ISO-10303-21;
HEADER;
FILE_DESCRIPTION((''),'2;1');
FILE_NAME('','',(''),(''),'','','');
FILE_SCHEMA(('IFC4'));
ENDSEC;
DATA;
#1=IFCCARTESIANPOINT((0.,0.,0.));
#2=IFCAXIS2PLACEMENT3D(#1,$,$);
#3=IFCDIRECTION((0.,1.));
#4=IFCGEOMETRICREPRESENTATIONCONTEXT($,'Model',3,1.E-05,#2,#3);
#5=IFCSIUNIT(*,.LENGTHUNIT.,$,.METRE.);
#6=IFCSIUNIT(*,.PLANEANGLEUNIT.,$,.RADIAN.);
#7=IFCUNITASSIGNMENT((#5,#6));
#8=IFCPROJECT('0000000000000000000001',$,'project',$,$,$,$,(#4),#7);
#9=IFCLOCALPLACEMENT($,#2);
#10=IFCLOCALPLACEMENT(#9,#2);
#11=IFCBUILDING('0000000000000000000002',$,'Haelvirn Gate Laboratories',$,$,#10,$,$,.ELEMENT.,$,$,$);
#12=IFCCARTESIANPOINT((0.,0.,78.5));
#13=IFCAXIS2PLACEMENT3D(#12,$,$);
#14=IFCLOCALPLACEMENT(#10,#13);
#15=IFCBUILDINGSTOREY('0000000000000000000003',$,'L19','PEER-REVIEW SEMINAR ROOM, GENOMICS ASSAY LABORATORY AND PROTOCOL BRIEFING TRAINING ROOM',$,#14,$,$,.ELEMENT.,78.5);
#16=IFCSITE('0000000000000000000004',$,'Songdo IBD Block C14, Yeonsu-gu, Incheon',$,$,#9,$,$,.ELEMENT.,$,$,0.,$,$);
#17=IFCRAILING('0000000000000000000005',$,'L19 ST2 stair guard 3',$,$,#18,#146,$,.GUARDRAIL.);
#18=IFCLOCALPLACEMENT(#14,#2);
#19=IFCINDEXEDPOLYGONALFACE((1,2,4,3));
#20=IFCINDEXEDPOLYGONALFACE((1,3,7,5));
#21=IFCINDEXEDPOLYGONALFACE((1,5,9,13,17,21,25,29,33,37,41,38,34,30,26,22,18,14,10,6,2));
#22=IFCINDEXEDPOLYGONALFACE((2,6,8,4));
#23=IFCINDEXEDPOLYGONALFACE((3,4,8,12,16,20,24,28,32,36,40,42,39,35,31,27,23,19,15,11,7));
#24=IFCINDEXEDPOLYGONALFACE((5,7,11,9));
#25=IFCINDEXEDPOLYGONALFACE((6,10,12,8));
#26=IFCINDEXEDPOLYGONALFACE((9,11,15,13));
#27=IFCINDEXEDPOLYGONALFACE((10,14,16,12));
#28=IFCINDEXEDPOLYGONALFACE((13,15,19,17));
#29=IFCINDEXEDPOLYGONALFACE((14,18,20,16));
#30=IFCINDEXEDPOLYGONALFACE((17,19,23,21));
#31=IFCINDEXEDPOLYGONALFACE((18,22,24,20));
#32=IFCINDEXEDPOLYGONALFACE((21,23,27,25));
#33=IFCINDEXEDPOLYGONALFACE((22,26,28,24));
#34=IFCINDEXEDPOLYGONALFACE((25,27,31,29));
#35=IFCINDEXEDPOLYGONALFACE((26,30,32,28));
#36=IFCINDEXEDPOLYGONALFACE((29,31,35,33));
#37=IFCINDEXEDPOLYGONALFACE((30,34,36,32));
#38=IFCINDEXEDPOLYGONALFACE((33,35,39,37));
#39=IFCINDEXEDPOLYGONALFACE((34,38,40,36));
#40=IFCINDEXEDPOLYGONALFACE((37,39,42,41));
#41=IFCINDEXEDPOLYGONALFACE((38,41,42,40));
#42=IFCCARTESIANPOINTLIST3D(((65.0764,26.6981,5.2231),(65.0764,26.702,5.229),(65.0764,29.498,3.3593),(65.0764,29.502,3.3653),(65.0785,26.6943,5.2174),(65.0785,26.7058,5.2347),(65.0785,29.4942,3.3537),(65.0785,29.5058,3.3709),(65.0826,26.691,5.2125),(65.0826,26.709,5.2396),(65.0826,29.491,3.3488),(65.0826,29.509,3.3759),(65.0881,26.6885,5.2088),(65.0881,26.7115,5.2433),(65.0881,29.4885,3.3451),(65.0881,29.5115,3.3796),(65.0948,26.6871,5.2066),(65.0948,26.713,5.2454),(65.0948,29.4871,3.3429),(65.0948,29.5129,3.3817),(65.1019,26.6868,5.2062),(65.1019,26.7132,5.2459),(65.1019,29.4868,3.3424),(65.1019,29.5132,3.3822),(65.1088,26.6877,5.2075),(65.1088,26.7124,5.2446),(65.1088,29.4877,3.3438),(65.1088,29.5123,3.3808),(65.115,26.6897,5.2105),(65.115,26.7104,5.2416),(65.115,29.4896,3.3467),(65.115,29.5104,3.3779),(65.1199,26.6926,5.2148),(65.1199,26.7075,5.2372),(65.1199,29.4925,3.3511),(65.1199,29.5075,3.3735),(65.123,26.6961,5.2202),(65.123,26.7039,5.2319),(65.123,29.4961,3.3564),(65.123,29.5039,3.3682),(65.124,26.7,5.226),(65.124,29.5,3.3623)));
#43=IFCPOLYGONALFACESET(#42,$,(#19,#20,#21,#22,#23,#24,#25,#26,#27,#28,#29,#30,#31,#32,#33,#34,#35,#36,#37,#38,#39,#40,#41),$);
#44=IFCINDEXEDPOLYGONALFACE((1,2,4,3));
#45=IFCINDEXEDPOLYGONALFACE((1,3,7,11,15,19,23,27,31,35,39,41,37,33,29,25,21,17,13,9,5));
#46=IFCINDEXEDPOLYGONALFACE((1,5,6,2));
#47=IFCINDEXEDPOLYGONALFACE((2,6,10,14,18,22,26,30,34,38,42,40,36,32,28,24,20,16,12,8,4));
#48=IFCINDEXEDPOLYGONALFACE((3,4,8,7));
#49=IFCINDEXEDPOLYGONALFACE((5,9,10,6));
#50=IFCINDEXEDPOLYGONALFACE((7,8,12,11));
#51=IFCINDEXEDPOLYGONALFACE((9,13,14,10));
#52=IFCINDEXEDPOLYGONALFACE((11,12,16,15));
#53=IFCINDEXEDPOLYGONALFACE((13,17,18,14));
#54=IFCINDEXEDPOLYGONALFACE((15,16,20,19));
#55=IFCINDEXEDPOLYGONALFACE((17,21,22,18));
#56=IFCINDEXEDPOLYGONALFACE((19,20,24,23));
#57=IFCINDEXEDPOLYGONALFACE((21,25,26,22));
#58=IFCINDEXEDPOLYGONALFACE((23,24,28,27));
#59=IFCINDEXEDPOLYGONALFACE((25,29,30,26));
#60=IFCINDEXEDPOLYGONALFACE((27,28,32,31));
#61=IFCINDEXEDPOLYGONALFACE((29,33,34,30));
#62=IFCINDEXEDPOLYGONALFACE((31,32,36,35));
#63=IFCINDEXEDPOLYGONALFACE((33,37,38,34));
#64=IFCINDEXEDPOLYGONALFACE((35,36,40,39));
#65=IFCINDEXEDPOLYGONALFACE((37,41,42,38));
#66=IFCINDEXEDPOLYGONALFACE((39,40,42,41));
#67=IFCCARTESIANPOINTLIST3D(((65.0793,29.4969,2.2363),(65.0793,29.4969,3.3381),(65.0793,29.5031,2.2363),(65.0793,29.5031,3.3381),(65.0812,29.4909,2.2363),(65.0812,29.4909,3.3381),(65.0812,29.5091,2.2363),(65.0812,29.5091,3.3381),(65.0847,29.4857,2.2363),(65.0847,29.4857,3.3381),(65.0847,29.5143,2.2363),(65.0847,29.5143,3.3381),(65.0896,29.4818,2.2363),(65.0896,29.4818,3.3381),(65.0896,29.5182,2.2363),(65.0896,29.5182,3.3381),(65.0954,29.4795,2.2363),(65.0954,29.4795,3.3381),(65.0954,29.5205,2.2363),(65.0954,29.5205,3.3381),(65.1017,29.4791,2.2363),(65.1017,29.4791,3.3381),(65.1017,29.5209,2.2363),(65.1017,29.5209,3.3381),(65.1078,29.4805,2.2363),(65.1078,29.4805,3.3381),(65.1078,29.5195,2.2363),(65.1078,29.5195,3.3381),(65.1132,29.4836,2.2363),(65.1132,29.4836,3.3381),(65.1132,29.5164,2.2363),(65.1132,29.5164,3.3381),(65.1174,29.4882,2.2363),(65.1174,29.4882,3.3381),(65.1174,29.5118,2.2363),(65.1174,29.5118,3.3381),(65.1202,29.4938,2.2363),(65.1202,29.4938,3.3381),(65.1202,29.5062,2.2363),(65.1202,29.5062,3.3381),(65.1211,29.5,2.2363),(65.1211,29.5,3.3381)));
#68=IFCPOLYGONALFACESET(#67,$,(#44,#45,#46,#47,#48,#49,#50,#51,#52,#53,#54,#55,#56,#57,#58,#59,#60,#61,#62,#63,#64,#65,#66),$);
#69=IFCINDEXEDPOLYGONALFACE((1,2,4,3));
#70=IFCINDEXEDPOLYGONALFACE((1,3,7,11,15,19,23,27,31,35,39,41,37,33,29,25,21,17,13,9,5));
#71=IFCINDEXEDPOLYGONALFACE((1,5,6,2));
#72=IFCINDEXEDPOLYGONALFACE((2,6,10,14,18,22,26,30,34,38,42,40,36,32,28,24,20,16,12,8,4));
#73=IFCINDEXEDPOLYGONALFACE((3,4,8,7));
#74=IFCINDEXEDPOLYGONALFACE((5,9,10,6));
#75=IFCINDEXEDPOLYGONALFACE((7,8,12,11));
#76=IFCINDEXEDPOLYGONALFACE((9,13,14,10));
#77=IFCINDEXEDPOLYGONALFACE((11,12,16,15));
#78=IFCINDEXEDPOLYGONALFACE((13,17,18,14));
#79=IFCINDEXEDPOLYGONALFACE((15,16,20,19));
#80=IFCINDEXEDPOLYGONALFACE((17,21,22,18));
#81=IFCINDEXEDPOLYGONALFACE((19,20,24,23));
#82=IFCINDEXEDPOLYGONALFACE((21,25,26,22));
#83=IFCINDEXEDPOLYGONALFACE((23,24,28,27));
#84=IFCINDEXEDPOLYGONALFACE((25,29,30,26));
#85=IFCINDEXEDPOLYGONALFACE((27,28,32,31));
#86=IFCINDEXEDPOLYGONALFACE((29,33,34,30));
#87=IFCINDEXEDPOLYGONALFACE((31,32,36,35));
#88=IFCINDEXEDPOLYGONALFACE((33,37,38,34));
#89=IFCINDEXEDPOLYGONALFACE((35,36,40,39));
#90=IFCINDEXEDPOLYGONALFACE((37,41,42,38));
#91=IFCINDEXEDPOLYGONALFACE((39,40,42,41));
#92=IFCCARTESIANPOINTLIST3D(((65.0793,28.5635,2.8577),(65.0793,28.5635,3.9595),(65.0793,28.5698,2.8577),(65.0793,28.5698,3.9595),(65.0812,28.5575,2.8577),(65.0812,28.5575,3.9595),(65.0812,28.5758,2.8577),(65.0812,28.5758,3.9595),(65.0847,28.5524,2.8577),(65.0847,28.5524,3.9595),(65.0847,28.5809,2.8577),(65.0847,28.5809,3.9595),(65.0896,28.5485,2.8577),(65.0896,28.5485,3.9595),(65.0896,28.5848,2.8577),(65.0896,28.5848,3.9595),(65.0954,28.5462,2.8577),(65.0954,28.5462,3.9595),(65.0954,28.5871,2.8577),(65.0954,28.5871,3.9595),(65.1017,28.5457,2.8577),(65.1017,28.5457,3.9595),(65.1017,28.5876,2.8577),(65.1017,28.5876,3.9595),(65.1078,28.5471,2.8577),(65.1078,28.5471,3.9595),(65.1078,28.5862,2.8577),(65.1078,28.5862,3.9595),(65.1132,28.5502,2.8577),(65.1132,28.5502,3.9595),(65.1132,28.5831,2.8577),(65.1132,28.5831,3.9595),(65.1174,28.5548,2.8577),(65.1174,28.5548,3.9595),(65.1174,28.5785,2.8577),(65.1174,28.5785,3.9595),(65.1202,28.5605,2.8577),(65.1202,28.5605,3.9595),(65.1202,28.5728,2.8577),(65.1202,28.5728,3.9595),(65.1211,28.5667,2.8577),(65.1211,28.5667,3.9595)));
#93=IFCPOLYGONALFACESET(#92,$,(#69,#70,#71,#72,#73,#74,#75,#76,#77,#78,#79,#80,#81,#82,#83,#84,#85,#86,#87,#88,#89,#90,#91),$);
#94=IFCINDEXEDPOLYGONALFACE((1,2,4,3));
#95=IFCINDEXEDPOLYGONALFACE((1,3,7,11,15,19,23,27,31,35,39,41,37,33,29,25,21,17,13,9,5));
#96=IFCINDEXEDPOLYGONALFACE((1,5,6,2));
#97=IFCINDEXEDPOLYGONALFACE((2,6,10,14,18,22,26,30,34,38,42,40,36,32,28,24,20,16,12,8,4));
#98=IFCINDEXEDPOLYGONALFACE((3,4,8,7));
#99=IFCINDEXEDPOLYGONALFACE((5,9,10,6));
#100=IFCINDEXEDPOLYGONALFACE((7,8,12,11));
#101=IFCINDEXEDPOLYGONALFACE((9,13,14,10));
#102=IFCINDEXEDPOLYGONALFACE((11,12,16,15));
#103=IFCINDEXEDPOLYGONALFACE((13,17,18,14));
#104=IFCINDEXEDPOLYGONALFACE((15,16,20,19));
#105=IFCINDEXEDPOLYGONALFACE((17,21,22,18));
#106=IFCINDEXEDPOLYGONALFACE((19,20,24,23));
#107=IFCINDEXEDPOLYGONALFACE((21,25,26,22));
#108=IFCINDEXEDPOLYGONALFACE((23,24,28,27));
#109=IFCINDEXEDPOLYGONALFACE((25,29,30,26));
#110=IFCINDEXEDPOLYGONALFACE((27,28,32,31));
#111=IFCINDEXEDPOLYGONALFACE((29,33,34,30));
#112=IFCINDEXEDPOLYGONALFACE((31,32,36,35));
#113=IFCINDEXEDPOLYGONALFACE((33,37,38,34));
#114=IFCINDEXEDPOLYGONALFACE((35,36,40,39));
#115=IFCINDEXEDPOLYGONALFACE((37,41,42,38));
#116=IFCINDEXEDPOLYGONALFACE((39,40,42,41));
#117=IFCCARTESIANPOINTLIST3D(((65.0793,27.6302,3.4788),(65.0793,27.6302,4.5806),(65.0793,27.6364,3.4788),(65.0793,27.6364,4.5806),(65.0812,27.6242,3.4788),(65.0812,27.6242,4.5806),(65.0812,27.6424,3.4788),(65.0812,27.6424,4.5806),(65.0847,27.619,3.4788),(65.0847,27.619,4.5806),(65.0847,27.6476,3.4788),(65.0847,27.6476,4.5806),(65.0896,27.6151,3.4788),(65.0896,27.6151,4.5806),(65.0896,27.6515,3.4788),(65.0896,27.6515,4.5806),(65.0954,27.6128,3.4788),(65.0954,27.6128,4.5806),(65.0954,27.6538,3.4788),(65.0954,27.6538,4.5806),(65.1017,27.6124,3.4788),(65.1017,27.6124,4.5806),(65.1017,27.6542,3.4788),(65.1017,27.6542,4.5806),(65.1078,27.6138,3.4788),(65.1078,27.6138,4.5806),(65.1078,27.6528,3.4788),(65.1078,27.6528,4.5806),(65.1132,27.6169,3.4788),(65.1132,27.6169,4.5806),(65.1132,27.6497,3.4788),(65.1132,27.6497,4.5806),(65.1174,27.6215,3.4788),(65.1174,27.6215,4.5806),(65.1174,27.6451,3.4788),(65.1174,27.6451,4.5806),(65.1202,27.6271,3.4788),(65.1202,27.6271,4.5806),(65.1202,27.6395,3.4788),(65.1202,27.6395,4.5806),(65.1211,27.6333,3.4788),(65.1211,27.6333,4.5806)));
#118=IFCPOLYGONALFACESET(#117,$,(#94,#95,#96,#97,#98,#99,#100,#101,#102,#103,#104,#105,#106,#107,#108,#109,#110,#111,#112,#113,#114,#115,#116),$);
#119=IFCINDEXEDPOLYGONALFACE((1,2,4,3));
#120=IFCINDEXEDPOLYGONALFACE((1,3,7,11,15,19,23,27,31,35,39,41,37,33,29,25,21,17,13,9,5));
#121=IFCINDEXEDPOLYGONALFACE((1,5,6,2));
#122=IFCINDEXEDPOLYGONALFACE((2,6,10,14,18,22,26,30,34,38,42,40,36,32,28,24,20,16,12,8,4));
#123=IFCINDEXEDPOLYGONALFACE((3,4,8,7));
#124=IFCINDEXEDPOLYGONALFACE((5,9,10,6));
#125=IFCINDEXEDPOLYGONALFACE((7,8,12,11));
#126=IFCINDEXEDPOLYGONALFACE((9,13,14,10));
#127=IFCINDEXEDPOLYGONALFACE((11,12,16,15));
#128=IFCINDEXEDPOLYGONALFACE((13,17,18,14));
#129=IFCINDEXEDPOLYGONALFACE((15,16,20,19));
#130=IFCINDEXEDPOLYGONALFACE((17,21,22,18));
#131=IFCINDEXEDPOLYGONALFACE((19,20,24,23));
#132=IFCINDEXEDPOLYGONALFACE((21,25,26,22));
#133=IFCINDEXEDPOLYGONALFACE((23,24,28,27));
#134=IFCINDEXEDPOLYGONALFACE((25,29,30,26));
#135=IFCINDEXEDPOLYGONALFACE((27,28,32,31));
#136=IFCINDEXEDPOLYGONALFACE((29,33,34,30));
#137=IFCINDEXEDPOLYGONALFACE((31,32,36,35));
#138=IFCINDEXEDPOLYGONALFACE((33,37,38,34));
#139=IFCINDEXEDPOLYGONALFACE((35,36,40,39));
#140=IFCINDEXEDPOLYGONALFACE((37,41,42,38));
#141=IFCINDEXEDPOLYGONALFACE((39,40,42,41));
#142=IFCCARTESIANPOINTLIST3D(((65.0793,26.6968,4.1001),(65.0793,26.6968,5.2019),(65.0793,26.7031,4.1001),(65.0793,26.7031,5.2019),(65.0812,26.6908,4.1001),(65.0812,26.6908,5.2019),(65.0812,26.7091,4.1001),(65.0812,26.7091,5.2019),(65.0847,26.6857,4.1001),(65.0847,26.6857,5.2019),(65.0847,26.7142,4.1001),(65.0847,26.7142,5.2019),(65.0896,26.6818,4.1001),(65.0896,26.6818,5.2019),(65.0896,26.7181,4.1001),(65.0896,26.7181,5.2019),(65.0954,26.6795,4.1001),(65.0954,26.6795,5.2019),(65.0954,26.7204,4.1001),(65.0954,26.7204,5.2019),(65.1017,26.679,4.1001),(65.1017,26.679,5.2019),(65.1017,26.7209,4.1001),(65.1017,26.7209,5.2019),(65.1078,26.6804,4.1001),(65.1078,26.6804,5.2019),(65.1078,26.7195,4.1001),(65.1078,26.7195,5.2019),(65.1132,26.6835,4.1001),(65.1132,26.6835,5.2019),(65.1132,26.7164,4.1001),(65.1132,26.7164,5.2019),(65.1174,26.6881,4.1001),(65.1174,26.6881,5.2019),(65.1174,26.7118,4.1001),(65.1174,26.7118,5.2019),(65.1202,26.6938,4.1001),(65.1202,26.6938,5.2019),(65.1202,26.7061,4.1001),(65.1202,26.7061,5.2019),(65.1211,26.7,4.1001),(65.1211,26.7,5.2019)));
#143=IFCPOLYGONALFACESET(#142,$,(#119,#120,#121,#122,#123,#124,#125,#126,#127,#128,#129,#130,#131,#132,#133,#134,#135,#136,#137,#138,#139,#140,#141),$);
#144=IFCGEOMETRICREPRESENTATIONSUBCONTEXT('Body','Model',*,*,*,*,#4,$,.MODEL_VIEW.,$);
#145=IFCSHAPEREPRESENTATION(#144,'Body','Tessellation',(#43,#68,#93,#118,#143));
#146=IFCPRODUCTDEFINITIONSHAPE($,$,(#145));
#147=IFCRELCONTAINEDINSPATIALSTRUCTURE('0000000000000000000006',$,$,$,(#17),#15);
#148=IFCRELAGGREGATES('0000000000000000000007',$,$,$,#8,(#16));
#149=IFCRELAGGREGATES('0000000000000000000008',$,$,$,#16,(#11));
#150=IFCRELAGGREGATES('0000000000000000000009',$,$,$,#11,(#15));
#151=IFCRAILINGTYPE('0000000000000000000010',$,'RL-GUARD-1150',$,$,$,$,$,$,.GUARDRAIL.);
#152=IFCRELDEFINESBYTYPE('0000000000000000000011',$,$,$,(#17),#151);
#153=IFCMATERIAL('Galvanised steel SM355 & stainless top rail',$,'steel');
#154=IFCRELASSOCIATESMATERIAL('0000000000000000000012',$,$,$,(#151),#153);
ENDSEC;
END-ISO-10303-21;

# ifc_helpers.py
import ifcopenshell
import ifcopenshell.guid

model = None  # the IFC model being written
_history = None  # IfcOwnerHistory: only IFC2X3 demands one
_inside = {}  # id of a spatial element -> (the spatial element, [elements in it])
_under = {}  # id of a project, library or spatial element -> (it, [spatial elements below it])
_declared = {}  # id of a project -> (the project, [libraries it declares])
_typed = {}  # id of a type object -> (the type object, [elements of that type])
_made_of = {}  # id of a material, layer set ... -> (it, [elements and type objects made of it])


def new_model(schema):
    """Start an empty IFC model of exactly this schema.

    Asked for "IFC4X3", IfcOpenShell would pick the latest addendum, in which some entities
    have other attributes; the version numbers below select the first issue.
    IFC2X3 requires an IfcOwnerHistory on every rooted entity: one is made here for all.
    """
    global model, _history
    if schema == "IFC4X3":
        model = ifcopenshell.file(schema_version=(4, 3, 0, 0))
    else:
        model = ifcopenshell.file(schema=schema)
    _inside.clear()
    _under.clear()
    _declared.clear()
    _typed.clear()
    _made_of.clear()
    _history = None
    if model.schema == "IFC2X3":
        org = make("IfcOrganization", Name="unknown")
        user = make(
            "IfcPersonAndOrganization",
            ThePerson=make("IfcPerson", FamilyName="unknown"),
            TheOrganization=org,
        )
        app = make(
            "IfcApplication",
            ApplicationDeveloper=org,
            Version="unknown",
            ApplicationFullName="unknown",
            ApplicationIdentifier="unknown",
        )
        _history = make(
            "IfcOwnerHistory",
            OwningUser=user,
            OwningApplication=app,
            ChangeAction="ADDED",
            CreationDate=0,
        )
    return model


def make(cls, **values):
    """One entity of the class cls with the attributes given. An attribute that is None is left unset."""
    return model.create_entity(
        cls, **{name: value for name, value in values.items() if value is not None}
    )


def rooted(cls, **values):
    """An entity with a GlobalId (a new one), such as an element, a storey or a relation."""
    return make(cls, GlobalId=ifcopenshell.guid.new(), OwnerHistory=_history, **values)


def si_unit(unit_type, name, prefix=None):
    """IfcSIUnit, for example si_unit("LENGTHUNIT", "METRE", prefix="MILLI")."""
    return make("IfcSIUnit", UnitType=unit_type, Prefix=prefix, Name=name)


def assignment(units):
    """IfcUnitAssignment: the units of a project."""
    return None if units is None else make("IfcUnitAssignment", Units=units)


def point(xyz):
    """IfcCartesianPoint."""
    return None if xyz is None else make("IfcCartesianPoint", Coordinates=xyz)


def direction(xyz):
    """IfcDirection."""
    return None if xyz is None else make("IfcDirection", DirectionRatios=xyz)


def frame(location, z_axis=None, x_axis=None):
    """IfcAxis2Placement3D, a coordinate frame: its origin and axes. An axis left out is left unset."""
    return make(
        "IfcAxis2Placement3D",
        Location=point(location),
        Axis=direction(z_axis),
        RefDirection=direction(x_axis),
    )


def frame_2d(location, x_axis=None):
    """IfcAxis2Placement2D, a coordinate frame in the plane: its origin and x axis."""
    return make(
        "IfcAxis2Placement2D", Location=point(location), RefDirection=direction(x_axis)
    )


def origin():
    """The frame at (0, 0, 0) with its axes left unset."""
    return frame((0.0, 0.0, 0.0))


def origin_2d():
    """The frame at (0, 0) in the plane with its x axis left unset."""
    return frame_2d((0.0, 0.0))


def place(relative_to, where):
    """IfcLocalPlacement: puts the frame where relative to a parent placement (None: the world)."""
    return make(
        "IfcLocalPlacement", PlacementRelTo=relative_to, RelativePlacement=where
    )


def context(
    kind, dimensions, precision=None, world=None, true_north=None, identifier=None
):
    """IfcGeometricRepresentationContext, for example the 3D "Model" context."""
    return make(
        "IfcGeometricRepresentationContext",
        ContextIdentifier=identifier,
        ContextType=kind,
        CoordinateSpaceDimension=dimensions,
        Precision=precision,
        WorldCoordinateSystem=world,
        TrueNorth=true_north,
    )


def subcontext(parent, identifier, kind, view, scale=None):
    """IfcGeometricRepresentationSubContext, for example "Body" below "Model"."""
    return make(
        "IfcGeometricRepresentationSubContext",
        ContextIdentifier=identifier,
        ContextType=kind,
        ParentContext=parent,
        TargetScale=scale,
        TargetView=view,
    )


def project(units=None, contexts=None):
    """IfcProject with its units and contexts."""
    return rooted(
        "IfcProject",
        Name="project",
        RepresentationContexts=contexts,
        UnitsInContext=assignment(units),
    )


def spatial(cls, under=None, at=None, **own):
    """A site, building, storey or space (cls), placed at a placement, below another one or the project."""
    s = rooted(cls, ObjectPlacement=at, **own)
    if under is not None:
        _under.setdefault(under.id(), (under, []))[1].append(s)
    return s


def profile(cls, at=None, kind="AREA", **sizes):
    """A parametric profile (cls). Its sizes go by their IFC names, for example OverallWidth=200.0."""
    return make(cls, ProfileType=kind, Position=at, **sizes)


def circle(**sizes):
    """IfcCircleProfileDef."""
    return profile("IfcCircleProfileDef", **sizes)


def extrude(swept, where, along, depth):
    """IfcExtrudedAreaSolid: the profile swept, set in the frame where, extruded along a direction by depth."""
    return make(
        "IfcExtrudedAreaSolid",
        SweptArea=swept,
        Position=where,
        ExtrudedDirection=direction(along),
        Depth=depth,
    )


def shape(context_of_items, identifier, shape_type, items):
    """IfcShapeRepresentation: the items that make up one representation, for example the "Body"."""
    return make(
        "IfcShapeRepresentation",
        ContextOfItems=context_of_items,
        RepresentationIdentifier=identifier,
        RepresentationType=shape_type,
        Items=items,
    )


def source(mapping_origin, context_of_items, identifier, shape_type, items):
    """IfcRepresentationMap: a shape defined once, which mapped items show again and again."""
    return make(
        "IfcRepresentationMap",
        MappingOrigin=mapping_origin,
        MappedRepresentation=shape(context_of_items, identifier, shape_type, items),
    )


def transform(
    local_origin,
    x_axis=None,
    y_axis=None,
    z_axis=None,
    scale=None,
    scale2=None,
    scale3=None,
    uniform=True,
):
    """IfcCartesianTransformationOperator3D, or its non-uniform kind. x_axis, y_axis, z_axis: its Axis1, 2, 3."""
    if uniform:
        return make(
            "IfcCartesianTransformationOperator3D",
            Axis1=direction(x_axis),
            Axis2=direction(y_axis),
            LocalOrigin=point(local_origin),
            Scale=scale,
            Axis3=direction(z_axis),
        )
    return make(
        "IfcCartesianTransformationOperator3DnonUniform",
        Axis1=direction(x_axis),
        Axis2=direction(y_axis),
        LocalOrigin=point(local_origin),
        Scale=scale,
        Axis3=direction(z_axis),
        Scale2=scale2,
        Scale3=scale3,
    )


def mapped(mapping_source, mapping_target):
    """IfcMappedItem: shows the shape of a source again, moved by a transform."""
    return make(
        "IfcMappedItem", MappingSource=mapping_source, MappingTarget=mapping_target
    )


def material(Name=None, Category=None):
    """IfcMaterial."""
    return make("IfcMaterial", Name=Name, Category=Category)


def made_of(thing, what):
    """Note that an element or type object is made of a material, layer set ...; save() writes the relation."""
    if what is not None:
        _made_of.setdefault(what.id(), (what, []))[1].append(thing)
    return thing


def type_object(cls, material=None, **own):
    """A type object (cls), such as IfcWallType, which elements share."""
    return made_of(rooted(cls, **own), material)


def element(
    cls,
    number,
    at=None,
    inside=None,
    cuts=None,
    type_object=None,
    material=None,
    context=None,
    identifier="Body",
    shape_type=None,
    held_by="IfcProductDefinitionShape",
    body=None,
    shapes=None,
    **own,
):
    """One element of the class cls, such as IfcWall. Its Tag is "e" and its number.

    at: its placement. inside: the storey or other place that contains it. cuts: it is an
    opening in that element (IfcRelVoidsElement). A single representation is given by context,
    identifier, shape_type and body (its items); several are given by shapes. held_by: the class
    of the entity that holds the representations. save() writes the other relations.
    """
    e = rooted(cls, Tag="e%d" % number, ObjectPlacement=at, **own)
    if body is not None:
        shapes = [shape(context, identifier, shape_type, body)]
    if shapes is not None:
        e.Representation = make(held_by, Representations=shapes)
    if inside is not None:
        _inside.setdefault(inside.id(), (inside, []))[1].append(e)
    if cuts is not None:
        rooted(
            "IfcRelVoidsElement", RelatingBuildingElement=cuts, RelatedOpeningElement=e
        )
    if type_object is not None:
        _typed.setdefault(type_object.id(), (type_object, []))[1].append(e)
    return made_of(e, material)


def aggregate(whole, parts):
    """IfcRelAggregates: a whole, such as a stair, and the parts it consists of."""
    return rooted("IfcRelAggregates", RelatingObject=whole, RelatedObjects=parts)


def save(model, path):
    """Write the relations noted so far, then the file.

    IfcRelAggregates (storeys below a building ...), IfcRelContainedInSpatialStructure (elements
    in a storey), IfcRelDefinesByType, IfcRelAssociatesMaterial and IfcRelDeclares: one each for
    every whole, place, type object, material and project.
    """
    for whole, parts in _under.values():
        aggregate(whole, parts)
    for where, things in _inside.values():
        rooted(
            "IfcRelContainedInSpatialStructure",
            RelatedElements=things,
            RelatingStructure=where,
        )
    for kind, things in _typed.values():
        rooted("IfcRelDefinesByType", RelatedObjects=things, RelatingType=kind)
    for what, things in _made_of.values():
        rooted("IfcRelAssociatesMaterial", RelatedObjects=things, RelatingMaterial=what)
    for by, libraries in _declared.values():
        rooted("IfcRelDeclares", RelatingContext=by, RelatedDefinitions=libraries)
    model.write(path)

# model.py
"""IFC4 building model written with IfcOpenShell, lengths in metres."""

from ifc_helpers import new_model, si_unit, direction, frame, origin, origin_2d, place, context, subcontext, project, spatial, circle, extrude, source, transform, mapped, material, type_object, element, save


model = new_model("IFC4")

# Units and contexts
model_context = context("Model", 3, precision=1e-05, world=origin(), true_north=direction((0.0, 1.0)))
body_context = subcontext(model_context, "Body", "Model", "MODEL_VIEW")
ifc_project = project(units=[si_unit("LENGTHUNIT", "METRE"), si_unit("PLANEANGLEUNIT", "RADIAN")], contexts=[model_context])

# Site, building, storey
site_placement = place(None, origin())
site = spatial("IfcSite", under=ifc_project, at=site_placement, Name="Songdo IBD Block C14, Yeonsu-gu, Incheon", CompositionType="ELEMENT", RefElevation=0.0)
building_placement = place(site_placement, origin())
building = spatial("IfcBuilding", under=site, at=building_placement, Name="Haelvirn Gate Laboratories", CompositionType="ELEMENT")
storey_placement = place(building_placement, frame((0.0, 0.0, 78.5)))
storey = spatial("IfcBuildingStorey", under=building, at=storey_placement, Name="L19", Description="PEER-REVIEW SEMINAR ROOM, GENOMICS ASSAY LABORATORY AND PROTOCOL BRIEFING TRAINING ROOM", CompositionType="ELEMENT", Elevation=78.5)

# Railing
ifc_material_1 = material(Name="Galvanised steel SM355 & stainless top rail", Category="steel")
railing_type_1 = type_object("IfcRailingType", Name="RL-GUARD-1150", PredefinedType="GUARDRAIL", material=ifc_material_1)
shared_shape_1 = source(origin(), body_context, "Body", "SweptSolid", [
    extrude(circle(Radius=0.0239, at=origin_2d()), frame((0.0, 0.0, 1.126), z_axis=(0.0, -0.832452, 0.554097), x_axis=(1.0, 0.0, 0.0)), (0.0, 0.0, 1.0), 3.3635),
    extrude(circle(Radius=0.021, at=origin_2d()), origin(), (0.0, 0.0, 1.0), 1.1018),
    extrude(circle(Radius=0.021, at=origin_2d()), frame((0.0, -0.9333, 0.6213)), (0.0, 0.0, 1.0), 1.1018),
    extrude(circle(Radius=0.021, at=origin_2d()), frame((0.0, -1.8667, 1.2424)), (0.0, 0.0, 1.0), 1.1018),
    extrude(circle(Radius=0.021, at=origin_2d()), frame((0.0, -2.8, 1.8638)), (0.0, 0.0, 1.0), 1.1018),
])
railing_1_placement = place(storey_placement, frame((65.1001, 29.5, 2.2363)))
element("IfcRailing", 1, at=railing_1_placement, inside=storey, type_object=railing_type_1, Name="L19 ST2 stair guard 3", PredefinedType="GUARDRAIL", context=body_context, shape_type="MappedRepresentation", body=[
    mapped(shared_shape_1, transform((0.0, 0.0, 0.0), scale=1.0)),
])

save(model, "model.ifc")
